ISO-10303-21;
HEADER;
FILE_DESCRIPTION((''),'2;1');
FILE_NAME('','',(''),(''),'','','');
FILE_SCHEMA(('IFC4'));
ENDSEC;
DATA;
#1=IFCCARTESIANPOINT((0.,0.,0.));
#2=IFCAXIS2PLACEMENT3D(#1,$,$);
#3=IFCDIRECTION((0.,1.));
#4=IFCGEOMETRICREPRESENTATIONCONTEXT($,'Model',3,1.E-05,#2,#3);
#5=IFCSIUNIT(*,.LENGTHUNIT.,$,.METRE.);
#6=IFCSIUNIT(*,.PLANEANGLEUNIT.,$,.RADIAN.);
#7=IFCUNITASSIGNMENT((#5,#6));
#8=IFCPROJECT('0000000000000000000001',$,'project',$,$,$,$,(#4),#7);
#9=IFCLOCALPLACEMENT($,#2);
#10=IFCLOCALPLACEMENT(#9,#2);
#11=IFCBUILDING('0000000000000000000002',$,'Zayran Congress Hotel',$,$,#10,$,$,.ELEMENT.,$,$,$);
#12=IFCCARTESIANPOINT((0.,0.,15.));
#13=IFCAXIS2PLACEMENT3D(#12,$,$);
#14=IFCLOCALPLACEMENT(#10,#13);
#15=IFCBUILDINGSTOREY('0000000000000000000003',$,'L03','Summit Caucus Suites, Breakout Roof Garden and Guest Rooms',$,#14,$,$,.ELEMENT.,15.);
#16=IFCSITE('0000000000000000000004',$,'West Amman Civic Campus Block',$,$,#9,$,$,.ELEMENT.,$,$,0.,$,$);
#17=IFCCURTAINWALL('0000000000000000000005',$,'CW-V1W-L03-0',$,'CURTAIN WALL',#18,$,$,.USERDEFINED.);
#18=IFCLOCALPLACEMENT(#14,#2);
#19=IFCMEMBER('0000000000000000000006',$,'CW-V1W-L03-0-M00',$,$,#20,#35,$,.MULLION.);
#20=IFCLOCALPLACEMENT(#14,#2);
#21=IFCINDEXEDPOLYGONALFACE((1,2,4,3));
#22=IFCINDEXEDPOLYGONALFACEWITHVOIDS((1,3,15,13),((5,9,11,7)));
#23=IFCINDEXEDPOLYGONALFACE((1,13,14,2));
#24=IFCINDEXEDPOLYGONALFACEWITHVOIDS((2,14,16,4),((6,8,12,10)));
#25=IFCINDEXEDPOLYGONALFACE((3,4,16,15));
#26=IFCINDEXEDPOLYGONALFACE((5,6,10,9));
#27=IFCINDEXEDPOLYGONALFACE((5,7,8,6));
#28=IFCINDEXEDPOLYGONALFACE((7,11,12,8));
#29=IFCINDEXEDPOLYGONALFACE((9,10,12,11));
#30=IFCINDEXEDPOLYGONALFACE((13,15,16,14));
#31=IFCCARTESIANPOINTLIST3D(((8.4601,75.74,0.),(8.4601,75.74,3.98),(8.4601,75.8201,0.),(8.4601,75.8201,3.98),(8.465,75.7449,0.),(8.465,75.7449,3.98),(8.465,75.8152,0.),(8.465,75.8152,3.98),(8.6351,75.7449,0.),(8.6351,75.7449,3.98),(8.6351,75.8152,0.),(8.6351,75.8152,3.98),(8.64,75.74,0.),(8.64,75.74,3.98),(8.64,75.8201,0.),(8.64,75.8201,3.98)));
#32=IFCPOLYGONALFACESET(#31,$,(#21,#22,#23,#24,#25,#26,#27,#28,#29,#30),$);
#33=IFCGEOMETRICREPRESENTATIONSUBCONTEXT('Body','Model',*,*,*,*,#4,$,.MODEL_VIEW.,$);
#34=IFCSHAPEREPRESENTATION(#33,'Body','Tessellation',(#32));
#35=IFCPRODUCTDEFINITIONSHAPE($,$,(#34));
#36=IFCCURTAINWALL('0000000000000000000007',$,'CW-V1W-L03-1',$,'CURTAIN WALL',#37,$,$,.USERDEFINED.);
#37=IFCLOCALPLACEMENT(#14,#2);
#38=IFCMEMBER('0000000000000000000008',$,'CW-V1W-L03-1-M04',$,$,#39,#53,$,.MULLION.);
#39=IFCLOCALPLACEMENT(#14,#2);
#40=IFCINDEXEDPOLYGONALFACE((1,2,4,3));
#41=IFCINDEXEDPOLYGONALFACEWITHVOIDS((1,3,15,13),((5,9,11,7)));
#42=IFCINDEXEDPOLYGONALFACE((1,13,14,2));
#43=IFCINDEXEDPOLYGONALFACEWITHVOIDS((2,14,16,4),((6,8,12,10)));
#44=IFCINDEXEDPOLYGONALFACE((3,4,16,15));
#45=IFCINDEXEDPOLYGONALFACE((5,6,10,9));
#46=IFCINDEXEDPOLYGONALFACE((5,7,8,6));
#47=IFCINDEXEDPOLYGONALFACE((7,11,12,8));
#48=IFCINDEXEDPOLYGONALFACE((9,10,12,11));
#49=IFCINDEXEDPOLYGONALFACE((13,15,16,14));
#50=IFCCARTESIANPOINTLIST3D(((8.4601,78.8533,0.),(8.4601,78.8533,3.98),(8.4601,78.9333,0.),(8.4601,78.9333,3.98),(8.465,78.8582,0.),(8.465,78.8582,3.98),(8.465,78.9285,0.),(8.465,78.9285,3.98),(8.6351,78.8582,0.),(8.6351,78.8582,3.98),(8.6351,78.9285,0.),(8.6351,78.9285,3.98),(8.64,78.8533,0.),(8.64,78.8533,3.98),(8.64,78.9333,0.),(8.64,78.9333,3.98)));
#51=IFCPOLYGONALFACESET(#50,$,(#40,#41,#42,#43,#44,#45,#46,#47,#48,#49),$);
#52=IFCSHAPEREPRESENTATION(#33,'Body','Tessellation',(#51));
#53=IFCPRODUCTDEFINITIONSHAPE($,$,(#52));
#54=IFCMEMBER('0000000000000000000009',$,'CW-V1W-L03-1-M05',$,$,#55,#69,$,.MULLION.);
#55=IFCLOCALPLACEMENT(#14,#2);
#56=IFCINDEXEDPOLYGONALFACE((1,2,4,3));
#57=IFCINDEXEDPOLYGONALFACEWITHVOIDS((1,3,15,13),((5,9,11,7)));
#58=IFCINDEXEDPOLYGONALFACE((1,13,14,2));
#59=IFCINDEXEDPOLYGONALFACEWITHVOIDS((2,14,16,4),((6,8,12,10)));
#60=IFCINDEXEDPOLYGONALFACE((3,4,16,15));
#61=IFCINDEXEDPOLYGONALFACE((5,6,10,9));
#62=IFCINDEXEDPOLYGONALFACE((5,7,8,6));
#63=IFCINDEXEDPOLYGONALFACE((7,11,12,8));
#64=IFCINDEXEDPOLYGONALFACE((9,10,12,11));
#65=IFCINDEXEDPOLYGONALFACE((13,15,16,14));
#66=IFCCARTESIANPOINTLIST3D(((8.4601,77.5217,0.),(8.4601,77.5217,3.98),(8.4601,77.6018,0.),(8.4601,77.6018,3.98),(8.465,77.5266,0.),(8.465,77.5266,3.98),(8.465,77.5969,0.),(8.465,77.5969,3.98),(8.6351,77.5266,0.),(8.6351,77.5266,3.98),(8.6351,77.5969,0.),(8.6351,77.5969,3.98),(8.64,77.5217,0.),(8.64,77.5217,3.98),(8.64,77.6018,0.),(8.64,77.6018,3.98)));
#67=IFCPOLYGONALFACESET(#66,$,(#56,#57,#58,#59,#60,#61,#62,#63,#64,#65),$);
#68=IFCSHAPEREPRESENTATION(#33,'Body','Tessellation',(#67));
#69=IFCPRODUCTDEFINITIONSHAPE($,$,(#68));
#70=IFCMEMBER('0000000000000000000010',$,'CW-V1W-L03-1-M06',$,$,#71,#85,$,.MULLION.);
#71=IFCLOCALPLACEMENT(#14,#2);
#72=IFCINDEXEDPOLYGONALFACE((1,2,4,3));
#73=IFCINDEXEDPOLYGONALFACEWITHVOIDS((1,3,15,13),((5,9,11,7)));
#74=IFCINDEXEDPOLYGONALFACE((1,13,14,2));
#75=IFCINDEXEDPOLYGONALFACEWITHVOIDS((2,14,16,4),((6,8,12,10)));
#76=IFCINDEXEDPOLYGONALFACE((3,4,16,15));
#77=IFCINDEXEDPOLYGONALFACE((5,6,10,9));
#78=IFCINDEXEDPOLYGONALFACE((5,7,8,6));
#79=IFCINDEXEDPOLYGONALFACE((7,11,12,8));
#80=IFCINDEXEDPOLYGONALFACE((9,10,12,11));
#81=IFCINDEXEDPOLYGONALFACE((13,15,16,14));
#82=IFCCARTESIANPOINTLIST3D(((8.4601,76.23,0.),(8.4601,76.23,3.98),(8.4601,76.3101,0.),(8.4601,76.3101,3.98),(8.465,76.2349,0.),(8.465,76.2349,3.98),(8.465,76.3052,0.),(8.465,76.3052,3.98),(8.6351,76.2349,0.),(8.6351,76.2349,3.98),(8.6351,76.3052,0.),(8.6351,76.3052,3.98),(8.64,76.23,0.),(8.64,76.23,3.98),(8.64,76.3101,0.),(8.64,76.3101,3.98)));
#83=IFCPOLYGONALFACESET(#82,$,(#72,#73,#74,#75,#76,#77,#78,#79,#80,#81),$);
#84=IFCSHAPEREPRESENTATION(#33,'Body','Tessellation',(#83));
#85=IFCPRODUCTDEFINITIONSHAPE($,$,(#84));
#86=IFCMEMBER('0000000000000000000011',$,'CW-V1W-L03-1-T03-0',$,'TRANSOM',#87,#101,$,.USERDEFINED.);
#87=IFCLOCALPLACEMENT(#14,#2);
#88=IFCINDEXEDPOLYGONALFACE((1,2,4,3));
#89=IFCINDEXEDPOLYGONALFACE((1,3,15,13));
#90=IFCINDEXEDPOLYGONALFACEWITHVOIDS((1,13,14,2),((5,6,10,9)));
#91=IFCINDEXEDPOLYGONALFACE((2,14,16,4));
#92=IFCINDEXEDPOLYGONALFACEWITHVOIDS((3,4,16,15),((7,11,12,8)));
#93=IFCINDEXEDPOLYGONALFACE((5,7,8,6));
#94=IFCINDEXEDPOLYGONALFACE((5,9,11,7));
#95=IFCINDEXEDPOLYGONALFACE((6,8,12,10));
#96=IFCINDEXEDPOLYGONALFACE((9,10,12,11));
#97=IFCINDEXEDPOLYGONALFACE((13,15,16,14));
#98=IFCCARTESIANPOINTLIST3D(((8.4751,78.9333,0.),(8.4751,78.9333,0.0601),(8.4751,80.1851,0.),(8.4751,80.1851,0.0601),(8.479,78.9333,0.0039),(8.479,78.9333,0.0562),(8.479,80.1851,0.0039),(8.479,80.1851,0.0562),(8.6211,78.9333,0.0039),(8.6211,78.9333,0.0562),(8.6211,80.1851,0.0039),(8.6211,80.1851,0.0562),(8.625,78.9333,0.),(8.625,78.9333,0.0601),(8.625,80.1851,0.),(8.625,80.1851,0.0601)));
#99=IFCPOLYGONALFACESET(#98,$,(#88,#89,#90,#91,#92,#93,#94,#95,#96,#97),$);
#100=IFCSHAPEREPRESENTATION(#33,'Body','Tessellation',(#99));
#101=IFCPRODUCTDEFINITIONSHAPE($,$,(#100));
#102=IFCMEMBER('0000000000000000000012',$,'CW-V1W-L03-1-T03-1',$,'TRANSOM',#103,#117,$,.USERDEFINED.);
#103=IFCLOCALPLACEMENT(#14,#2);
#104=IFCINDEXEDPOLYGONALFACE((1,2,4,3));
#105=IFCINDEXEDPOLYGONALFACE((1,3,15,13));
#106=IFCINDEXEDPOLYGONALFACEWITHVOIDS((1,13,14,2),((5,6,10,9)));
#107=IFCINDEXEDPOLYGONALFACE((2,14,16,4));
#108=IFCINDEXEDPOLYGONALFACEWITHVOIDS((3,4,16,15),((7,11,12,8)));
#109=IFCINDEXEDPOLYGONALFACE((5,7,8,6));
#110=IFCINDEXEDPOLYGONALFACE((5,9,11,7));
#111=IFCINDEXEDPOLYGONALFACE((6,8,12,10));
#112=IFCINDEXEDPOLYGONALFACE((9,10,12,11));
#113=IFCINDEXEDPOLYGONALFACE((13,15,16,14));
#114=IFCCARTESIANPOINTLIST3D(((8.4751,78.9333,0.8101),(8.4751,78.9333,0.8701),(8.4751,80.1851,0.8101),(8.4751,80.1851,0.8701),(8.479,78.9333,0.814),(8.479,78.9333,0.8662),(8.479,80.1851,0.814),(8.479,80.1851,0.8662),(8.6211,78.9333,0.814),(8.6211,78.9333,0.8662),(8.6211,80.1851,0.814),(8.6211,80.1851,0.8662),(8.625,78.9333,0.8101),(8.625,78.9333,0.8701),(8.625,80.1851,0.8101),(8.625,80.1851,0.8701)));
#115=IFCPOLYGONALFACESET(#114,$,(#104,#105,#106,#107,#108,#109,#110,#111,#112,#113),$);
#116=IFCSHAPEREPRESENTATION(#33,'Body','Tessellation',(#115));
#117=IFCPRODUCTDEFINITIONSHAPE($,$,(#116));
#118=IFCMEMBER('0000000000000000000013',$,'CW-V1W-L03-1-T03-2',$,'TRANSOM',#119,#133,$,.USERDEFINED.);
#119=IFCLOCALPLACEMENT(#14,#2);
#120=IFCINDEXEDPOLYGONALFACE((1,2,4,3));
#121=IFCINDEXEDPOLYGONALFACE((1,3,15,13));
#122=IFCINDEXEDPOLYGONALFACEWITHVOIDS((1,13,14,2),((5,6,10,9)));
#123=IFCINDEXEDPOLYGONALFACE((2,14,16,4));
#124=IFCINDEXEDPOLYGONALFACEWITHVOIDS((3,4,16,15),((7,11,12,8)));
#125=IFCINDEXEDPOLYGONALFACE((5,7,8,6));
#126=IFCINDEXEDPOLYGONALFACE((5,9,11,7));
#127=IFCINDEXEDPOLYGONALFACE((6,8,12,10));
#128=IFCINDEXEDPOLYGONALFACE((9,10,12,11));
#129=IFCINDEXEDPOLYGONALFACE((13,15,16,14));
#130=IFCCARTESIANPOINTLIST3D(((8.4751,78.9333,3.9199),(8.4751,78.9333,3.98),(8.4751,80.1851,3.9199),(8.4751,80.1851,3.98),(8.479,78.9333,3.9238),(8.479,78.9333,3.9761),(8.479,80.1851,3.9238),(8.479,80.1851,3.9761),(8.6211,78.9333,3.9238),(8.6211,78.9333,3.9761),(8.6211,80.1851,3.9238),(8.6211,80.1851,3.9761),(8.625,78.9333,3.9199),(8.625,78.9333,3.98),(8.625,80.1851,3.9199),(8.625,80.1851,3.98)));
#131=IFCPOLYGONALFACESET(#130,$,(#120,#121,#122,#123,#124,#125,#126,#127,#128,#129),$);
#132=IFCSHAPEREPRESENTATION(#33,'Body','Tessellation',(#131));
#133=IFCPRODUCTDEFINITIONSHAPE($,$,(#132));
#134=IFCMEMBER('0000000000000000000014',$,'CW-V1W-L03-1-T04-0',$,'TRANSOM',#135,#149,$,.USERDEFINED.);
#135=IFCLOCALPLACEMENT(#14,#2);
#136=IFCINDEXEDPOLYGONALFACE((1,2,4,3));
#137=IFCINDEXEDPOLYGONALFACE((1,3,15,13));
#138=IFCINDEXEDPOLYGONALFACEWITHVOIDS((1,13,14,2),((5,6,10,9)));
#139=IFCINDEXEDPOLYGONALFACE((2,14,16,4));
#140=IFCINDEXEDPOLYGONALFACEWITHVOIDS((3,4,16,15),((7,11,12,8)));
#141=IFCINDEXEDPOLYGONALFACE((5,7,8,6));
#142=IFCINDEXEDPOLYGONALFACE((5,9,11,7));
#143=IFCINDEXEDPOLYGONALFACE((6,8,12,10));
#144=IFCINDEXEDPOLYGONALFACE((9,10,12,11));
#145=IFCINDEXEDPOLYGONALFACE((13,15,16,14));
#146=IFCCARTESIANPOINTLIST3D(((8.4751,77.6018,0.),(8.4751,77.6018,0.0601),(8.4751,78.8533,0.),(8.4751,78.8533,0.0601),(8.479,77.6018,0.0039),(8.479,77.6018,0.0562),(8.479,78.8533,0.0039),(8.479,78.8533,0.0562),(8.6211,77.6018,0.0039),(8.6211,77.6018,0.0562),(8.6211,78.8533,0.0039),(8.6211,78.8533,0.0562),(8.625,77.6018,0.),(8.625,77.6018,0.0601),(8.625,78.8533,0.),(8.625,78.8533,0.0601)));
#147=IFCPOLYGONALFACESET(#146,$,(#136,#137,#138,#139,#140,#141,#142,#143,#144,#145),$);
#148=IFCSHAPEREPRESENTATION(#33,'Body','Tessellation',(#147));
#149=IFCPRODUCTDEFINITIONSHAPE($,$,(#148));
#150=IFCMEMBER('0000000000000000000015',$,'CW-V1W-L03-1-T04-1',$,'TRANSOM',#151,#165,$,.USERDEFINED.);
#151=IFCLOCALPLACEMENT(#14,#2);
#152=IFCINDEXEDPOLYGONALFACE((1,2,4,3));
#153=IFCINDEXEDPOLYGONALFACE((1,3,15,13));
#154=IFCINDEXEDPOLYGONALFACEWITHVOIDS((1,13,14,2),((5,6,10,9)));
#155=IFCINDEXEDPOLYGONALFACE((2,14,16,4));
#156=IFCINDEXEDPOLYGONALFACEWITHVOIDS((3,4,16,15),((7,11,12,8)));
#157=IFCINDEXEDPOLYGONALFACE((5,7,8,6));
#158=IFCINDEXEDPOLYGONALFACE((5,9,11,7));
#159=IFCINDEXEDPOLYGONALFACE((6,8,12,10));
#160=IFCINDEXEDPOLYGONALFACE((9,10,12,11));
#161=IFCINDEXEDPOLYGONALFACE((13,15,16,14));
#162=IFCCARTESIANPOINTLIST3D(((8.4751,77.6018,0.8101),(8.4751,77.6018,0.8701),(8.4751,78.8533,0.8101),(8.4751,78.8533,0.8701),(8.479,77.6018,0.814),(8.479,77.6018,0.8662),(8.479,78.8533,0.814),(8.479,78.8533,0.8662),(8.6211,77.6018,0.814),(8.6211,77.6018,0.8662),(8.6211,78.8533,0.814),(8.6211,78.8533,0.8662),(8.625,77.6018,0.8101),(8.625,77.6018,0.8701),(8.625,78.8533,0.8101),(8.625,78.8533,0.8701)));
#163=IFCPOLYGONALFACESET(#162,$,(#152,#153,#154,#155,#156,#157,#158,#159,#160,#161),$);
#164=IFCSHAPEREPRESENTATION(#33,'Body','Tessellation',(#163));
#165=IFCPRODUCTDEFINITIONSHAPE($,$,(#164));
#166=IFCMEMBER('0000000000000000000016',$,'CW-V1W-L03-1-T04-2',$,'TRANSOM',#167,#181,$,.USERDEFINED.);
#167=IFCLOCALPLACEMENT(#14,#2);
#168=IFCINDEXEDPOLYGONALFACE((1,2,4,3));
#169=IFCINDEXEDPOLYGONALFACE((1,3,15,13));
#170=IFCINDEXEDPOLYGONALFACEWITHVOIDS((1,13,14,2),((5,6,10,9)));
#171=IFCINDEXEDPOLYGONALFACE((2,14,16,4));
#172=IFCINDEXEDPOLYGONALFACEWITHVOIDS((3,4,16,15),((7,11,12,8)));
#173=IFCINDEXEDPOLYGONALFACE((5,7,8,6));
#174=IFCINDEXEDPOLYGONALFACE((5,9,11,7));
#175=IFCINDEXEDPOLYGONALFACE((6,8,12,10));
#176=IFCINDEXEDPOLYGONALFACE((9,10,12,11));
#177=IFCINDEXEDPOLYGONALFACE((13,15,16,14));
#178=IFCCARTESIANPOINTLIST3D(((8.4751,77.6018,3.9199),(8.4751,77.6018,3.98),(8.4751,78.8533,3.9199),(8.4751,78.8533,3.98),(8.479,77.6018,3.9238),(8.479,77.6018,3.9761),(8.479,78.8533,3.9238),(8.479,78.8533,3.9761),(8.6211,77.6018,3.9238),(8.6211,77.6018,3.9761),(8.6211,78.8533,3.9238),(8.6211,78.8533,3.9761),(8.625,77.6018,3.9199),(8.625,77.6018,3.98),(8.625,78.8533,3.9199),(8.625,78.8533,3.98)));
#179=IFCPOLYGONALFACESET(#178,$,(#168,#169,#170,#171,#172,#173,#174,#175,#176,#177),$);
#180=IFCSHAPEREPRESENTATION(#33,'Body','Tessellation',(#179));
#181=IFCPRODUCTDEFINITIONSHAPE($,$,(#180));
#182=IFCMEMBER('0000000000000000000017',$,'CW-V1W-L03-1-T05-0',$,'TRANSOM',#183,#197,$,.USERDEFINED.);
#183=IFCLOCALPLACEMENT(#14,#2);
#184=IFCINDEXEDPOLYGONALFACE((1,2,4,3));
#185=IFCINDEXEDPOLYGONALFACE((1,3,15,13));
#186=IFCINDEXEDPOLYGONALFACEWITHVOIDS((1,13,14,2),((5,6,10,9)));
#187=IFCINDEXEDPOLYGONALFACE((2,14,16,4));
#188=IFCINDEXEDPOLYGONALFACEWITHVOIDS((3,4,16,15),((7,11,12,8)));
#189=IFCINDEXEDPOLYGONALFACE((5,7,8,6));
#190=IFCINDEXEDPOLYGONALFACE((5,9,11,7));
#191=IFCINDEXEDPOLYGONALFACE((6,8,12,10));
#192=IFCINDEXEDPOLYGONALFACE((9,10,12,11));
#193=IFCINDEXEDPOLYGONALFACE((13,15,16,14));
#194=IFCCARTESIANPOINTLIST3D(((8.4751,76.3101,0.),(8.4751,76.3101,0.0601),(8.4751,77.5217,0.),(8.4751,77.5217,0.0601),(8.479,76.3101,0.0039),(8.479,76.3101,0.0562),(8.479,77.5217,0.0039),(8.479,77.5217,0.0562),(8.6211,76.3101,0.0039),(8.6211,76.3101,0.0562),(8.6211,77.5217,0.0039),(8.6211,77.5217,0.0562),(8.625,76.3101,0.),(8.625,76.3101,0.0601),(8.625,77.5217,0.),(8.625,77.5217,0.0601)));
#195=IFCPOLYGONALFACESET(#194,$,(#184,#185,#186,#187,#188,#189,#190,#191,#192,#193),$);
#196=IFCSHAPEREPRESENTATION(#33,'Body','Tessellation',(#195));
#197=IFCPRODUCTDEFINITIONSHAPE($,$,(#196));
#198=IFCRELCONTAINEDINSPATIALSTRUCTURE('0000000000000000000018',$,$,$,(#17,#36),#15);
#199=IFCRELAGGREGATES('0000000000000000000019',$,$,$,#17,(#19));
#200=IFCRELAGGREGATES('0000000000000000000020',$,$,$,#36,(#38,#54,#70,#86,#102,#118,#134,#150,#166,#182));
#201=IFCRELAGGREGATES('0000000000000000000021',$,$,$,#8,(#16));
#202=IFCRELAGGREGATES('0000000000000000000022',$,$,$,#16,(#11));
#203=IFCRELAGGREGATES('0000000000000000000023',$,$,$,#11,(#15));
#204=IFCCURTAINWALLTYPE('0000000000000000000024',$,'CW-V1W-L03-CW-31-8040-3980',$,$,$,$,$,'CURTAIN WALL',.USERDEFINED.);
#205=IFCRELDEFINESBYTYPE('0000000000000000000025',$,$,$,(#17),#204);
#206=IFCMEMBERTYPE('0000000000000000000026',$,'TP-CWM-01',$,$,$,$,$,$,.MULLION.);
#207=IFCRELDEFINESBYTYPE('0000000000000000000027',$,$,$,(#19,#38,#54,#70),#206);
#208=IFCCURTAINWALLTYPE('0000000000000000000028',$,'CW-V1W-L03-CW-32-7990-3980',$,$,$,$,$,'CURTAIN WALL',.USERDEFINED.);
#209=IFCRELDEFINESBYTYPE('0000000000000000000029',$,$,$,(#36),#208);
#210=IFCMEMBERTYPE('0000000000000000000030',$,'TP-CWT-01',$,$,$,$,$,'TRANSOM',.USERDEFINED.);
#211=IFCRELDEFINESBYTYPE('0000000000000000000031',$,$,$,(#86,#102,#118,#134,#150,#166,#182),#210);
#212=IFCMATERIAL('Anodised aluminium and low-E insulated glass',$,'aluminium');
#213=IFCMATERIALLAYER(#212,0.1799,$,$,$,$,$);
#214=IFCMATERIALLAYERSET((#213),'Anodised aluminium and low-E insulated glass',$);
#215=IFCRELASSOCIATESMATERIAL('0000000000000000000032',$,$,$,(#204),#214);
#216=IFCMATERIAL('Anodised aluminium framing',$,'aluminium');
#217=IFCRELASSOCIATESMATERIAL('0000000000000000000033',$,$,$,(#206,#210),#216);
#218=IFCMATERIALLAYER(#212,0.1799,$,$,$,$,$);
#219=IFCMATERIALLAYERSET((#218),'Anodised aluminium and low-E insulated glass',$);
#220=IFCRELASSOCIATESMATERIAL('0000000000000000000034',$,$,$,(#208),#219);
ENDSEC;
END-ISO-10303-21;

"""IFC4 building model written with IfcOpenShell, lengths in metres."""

from ifc_helpers import new_model, si_unit, direction, frame, origin, origin_2d, place, context, subcontext, project, spatial, hollow_rectangle, extrude, material, layer, layer_set, material_profile, profile_set, type_object, element, aggregate, save


model = new_model("IFC4")

# Units and contexts
model_context = context("Model", 3, precision=1e-05, world=origin(), true_north=direction((0.0, 1.0)))
body_context = subcontext(model_context, "Body", "Model", "MODEL_VIEW")
ifc_project = project(units=[si_unit("LENGTHUNIT", "METRE"), si_unit("PLANEANGLEUNIT", "RADIAN")], contexts=[model_context])

# Site, building, storey
site_placement = place(None, origin())
site = spatial("IfcSite", under=ifc_project, at=site_placement, Name="West Amman Civic Campus Block", CompositionType="ELEMENT", RefElevation=0.0)
building_placement = place(site_placement, origin())
building = spatial("IfcBuilding", under=site, at=building_placement, Name="Zayran Congress Hotel", CompositionType="ELEMENT")
storey_placement = place(building_placement, frame((0.0, 0.0, 15.0)))
storey = spatial("IfcBuildingStorey", under=building, at=storey_placement, Name="L03", Description="Summit Caucus Suites, Breakout Roof Garden and Guest Rooms", CompositionType="ELEMENT", Elevation=15.0)

# Curtain wall, member
ifc_material_1 = material(Name="Anodised aluminium and low-E insulated glass", Category="aluminium")
ifc_layer_1 = layer(ifc_material_1, 0.1799)
ifc_layer_set_1 = layer_set([ifc_layer_1], Name="Anodised aluminium and low-E insulated glass")
curtain_wall_type_1 = type_object("IfcCurtainWallType", Name="CW-V1W-L03-CW-31-8040-3980", ElementType="CURTAIN WALL", PredefinedType="USERDEFINED", material=ifc_layer_set_1)
curtain_wall_1_placement = place(storey_placement, origin())
curtain_wall_1 = element("IfcCurtainWall", 1, at=curtain_wall_1_placement, inside=storey, type_object=curtain_wall_type_1, Name="CW-V1W-L03-0", ObjectType="CURTAIN WALL", PredefinedType="USERDEFINED")
ifc_material_2 = material(Name="Anodised aluminium framing", Category="aluminium")
ifc_material_profile_1 = material_profile(ifc_material_2, hollow_rectangle(XDim=0.0801, YDim=0.1799, WallThickness=0.0049, at=origin_2d()), Name="RHS 180x80x5")
ifc_profile_set_1 = profile_set([ifc_material_profile_1], Name="Anodised aluminium framing")
member_type_1 = type_object("IfcMemberType", Name="TP-CWM-01", PredefinedType="MULLION", material=ifc_profile_set_1)
member_1_placement = place(storey_placement, frame((8.55, 75.78, 0.0), z_axis=(0.0, 0.0, 1.0), x_axis=(0.0, 1.0, 0.0)))
member_1 = element("IfcMember", 2, at=member_1_placement, type_object=member_type_1, Name="CW-V1W-L03-0-M00", PredefinedType="MULLION", context=body_context, shape_type="SweptSolid", body=[
    extrude(hollow_rectangle(XDim=0.0801, YDim=0.1799, WallThickness=0.0049, at=origin_2d()), origin(), (0.0, 0.0, 1.0), 3.98),
])
aggregate(curtain_wall_1, [member_1])

# Curtain wall, members
ifc_layer_2 = layer(ifc_material_1, 0.1799)
ifc_layer_set_2 = layer_set([ifc_layer_2], Name="Anodised aluminium and low-E insulated glass")
curtain_wall_type_2 = type_object("IfcCurtainWallType", Name="CW-V1W-L03-CW-32-7990-3980", ElementType="CURTAIN WALL", PredefinedType="USERDEFINED", material=ifc_layer_set_2)
curtain_wall_2_placement = place(storey_placement, origin())
curtain_wall_2 = element("IfcCurtainWall", 3, at=curtain_wall_2_placement, inside=storey, type_object=curtain_wall_type_2, Name="CW-V1W-L03-1", ObjectType="CURTAIN WALL", PredefinedType="USERDEFINED")
member_2_placement = place(storey_placement, frame((8.55, 78.8933, 0.0), z_axis=(0.0, 0.0, 1.0), x_axis=(0.0, 1.0, 0.0)))
member_2 = element("IfcMember", 4, at=member_2_placement, type_object=member_type_1, Name="CW-V1W-L03-1-M04", PredefinedType="MULLION", context=body_context, shape_type="SweptSolid", body=[
    extrude(hollow_rectangle(XDim=0.0801, YDim=0.1799, WallThickness=0.0049, at=origin_2d()), origin(), (0.0, 0.0, 1.0), 3.98),
])
member_3_placement = place(storey_placement, frame((8.55, 77.5618, 0.0), z_axis=(0.0, 0.0, 1.0), x_axis=(0.0, 1.0, 0.0)))
member_3 = element("IfcMember", 5, at=member_3_placement, type_object=member_type_1, Name="CW-V1W-L03-1-M05", PredefinedType="MULLION", context=body_context, shape_type="SweptSolid", body=[
    extrude(hollow_rectangle(XDim=0.0801, YDim=0.1799, WallThickness=0.0049, at=origin_2d()), origin(), (0.0, 0.0, 1.0), 3.98),
])
member_4_placement = place(storey_placement, frame((8.55, 76.27, 0.0), z_axis=(0.0, 0.0, 1.0), x_axis=(0.0, 1.0, 0.0)))
member_4 = element("IfcMember", 6, at=member_4_placement, type_object=member_type_1, Name="CW-V1W-L03-1-M06", PredefinedType="MULLION", context=body_context, shape_type="SweptSolid", body=[
    extrude(hollow_rectangle(XDim=0.0801, YDim=0.1799, WallThickness=0.0049, at=origin_2d()), origin(), (0.0, 0.0, 1.0), 3.98),
])
ifc_material_profile_2 = material_profile(ifc_material_2, hollow_rectangle(XDim=0.0601, YDim=0.1499, WallThickness=0.0039, at=origin_2d()), Name="RHS 150x60x4")
ifc_profile_set_2 = profile_set([ifc_material_profile_2], Name="Anodised aluminium framing")
member_type_2 = type_object("IfcMemberType", Name="TP-CWT-01", ElementType="TRANSOM", PredefinedType="USERDEFINED", material=ifc_profile_set_2)
member_5_placement = place(storey_placement, frame((8.55, 80.1851, 0.03), z_axis=(0.0, -1.0, 0.0), x_axis=(0.0, 0.0, 1.0)))
member_5 = element("IfcMember", 7, at=member_5_placement, type_object=member_type_2, Name="CW-V1W-L03-1-T03-0", ObjectType="TRANSOM", PredefinedType="USERDEFINED", context=body_context, shape_type="SweptSolid", body=[
    extrude(hollow_rectangle(XDim=0.0601, YDim=0.1499, WallThickness=0.0039, at=origin_2d()), origin(), (0.0, 0.0, 1.0), 1.2517),
])
member_6_placement = place(storey_placement, frame((8.55, 80.1851, 0.8401), z_axis=(0.0, -1.0, 0.0), x_axis=(0.0, 0.0, 1.0)))
member_6 = element("IfcMember", 8, at=member_6_placement, type_object=member_type_2, Name="CW-V1W-L03-1-T03-1", ObjectType="TRANSOM", PredefinedType="USERDEFINED", context=body_context, shape_type="SweptSolid", body=[
    extrude(hollow_rectangle(XDim=0.0601, YDim=0.1499, WallThickness=0.0039, at=origin_2d()), origin(), (0.0, 0.0, 1.0), 1.2517),
])
member_7_placement = place(storey_placement, frame((8.55, 80.1851, 3.95), z_axis=(0.0, -1.0, 0.0), x_axis=(0.0, 0.0, 1.0)))
member_7 = element("IfcMember", 9, at=member_7_placement, type_object=member_type_2, Name="CW-V1W-L03-1-T03-2", ObjectType="TRANSOM", PredefinedType="USERDEFINED", context=body_context, shape_type="SweptSolid", body=[
    extrude(hollow_rectangle(XDim=0.0601, YDim=0.1499, WallThickness=0.0039, at=origin_2d()), origin(), (0.0, 0.0, 1.0), 1.2517),
])
member_8_placement = place(storey_placement, frame((8.55, 78.8533, 0.03), z_axis=(0.0, -1.0, 0.0), x_axis=(0.0, 0.0, 1.0)))
member_8 = element("IfcMember", 10, at=member_8_placement, type_object=member_type_2, Name="CW-V1W-L03-1-T04-0", ObjectType="TRANSOM", PredefinedType="USERDEFINED", context=body_context, shape_type="SweptSolid", body=[
    extrude(hollow_rectangle(XDim=0.0601, YDim=0.1499, WallThickness=0.0039, at=origin_2d()), origin(), (0.0, 0.0, 1.0), 1.2515),
])
member_9_placement = place(storey_placement, frame((8.55, 78.8533, 0.8401), z_axis=(0.0, -1.0, 0.0), x_axis=(0.0, 0.0, 1.0)))
member_9 = element("IfcMember", 11, at=member_9_placement, type_object=member_type_2, Name="CW-V1W-L03-1-T04-1", ObjectType="TRANSOM", PredefinedType="USERDEFINED", context=body_context, shape_type="SweptSolid", body=[
    extrude(hollow_rectangle(XDim=0.0601, YDim=0.1499, WallThickness=0.0039, at=origin_2d()), origin(), (0.0, 0.0, 1.0), 1.2515),
])
member_10_placement = place(storey_placement, frame((8.55, 78.8533, 3.95), z_axis=(0.0, -1.0, 0.0), x_axis=(0.0, 0.0, 1.0)))
member_10 = element("IfcMember", 12, at=member_10_placement, type_object=member_type_2, Name="CW-V1W-L03-1-T04-2", ObjectType="TRANSOM", PredefinedType="USERDEFINED", context=body_context, shape_type="SweptSolid", body=[
    extrude(hollow_rectangle(XDim=0.0601, YDim=0.1499, WallThickness=0.0039, at=origin_2d()), origin(), (0.0, 0.0, 1.0), 1.2515),
])
member_11_placement = place(storey_placement, frame((8.55, 77.5217, 0.03), z_axis=(0.0, -1.0, 0.0), x_axis=(0.0, 0.0, 1.0)))
member_11 = element("IfcMember", 13, at=member_11_placement, type_object=member_type_2, Name="CW-V1W-L03-1-T05-0", ObjectType="TRANSOM", PredefinedType="USERDEFINED", context=body_context, shape_type="SweptSolid", body=[
    extrude(hollow_rectangle(XDim=0.0601, YDim=0.1499, WallThickness=0.0039, at=origin_2d()), origin(), (0.0, 0.0, 1.0), 1.2117),
])
aggregate(curtain_wall_2, [member_2, member_3, member_4, member_5, member_6, member_7, member_8, member_9, member_10, member_11])

save(model, "model.ifc")
